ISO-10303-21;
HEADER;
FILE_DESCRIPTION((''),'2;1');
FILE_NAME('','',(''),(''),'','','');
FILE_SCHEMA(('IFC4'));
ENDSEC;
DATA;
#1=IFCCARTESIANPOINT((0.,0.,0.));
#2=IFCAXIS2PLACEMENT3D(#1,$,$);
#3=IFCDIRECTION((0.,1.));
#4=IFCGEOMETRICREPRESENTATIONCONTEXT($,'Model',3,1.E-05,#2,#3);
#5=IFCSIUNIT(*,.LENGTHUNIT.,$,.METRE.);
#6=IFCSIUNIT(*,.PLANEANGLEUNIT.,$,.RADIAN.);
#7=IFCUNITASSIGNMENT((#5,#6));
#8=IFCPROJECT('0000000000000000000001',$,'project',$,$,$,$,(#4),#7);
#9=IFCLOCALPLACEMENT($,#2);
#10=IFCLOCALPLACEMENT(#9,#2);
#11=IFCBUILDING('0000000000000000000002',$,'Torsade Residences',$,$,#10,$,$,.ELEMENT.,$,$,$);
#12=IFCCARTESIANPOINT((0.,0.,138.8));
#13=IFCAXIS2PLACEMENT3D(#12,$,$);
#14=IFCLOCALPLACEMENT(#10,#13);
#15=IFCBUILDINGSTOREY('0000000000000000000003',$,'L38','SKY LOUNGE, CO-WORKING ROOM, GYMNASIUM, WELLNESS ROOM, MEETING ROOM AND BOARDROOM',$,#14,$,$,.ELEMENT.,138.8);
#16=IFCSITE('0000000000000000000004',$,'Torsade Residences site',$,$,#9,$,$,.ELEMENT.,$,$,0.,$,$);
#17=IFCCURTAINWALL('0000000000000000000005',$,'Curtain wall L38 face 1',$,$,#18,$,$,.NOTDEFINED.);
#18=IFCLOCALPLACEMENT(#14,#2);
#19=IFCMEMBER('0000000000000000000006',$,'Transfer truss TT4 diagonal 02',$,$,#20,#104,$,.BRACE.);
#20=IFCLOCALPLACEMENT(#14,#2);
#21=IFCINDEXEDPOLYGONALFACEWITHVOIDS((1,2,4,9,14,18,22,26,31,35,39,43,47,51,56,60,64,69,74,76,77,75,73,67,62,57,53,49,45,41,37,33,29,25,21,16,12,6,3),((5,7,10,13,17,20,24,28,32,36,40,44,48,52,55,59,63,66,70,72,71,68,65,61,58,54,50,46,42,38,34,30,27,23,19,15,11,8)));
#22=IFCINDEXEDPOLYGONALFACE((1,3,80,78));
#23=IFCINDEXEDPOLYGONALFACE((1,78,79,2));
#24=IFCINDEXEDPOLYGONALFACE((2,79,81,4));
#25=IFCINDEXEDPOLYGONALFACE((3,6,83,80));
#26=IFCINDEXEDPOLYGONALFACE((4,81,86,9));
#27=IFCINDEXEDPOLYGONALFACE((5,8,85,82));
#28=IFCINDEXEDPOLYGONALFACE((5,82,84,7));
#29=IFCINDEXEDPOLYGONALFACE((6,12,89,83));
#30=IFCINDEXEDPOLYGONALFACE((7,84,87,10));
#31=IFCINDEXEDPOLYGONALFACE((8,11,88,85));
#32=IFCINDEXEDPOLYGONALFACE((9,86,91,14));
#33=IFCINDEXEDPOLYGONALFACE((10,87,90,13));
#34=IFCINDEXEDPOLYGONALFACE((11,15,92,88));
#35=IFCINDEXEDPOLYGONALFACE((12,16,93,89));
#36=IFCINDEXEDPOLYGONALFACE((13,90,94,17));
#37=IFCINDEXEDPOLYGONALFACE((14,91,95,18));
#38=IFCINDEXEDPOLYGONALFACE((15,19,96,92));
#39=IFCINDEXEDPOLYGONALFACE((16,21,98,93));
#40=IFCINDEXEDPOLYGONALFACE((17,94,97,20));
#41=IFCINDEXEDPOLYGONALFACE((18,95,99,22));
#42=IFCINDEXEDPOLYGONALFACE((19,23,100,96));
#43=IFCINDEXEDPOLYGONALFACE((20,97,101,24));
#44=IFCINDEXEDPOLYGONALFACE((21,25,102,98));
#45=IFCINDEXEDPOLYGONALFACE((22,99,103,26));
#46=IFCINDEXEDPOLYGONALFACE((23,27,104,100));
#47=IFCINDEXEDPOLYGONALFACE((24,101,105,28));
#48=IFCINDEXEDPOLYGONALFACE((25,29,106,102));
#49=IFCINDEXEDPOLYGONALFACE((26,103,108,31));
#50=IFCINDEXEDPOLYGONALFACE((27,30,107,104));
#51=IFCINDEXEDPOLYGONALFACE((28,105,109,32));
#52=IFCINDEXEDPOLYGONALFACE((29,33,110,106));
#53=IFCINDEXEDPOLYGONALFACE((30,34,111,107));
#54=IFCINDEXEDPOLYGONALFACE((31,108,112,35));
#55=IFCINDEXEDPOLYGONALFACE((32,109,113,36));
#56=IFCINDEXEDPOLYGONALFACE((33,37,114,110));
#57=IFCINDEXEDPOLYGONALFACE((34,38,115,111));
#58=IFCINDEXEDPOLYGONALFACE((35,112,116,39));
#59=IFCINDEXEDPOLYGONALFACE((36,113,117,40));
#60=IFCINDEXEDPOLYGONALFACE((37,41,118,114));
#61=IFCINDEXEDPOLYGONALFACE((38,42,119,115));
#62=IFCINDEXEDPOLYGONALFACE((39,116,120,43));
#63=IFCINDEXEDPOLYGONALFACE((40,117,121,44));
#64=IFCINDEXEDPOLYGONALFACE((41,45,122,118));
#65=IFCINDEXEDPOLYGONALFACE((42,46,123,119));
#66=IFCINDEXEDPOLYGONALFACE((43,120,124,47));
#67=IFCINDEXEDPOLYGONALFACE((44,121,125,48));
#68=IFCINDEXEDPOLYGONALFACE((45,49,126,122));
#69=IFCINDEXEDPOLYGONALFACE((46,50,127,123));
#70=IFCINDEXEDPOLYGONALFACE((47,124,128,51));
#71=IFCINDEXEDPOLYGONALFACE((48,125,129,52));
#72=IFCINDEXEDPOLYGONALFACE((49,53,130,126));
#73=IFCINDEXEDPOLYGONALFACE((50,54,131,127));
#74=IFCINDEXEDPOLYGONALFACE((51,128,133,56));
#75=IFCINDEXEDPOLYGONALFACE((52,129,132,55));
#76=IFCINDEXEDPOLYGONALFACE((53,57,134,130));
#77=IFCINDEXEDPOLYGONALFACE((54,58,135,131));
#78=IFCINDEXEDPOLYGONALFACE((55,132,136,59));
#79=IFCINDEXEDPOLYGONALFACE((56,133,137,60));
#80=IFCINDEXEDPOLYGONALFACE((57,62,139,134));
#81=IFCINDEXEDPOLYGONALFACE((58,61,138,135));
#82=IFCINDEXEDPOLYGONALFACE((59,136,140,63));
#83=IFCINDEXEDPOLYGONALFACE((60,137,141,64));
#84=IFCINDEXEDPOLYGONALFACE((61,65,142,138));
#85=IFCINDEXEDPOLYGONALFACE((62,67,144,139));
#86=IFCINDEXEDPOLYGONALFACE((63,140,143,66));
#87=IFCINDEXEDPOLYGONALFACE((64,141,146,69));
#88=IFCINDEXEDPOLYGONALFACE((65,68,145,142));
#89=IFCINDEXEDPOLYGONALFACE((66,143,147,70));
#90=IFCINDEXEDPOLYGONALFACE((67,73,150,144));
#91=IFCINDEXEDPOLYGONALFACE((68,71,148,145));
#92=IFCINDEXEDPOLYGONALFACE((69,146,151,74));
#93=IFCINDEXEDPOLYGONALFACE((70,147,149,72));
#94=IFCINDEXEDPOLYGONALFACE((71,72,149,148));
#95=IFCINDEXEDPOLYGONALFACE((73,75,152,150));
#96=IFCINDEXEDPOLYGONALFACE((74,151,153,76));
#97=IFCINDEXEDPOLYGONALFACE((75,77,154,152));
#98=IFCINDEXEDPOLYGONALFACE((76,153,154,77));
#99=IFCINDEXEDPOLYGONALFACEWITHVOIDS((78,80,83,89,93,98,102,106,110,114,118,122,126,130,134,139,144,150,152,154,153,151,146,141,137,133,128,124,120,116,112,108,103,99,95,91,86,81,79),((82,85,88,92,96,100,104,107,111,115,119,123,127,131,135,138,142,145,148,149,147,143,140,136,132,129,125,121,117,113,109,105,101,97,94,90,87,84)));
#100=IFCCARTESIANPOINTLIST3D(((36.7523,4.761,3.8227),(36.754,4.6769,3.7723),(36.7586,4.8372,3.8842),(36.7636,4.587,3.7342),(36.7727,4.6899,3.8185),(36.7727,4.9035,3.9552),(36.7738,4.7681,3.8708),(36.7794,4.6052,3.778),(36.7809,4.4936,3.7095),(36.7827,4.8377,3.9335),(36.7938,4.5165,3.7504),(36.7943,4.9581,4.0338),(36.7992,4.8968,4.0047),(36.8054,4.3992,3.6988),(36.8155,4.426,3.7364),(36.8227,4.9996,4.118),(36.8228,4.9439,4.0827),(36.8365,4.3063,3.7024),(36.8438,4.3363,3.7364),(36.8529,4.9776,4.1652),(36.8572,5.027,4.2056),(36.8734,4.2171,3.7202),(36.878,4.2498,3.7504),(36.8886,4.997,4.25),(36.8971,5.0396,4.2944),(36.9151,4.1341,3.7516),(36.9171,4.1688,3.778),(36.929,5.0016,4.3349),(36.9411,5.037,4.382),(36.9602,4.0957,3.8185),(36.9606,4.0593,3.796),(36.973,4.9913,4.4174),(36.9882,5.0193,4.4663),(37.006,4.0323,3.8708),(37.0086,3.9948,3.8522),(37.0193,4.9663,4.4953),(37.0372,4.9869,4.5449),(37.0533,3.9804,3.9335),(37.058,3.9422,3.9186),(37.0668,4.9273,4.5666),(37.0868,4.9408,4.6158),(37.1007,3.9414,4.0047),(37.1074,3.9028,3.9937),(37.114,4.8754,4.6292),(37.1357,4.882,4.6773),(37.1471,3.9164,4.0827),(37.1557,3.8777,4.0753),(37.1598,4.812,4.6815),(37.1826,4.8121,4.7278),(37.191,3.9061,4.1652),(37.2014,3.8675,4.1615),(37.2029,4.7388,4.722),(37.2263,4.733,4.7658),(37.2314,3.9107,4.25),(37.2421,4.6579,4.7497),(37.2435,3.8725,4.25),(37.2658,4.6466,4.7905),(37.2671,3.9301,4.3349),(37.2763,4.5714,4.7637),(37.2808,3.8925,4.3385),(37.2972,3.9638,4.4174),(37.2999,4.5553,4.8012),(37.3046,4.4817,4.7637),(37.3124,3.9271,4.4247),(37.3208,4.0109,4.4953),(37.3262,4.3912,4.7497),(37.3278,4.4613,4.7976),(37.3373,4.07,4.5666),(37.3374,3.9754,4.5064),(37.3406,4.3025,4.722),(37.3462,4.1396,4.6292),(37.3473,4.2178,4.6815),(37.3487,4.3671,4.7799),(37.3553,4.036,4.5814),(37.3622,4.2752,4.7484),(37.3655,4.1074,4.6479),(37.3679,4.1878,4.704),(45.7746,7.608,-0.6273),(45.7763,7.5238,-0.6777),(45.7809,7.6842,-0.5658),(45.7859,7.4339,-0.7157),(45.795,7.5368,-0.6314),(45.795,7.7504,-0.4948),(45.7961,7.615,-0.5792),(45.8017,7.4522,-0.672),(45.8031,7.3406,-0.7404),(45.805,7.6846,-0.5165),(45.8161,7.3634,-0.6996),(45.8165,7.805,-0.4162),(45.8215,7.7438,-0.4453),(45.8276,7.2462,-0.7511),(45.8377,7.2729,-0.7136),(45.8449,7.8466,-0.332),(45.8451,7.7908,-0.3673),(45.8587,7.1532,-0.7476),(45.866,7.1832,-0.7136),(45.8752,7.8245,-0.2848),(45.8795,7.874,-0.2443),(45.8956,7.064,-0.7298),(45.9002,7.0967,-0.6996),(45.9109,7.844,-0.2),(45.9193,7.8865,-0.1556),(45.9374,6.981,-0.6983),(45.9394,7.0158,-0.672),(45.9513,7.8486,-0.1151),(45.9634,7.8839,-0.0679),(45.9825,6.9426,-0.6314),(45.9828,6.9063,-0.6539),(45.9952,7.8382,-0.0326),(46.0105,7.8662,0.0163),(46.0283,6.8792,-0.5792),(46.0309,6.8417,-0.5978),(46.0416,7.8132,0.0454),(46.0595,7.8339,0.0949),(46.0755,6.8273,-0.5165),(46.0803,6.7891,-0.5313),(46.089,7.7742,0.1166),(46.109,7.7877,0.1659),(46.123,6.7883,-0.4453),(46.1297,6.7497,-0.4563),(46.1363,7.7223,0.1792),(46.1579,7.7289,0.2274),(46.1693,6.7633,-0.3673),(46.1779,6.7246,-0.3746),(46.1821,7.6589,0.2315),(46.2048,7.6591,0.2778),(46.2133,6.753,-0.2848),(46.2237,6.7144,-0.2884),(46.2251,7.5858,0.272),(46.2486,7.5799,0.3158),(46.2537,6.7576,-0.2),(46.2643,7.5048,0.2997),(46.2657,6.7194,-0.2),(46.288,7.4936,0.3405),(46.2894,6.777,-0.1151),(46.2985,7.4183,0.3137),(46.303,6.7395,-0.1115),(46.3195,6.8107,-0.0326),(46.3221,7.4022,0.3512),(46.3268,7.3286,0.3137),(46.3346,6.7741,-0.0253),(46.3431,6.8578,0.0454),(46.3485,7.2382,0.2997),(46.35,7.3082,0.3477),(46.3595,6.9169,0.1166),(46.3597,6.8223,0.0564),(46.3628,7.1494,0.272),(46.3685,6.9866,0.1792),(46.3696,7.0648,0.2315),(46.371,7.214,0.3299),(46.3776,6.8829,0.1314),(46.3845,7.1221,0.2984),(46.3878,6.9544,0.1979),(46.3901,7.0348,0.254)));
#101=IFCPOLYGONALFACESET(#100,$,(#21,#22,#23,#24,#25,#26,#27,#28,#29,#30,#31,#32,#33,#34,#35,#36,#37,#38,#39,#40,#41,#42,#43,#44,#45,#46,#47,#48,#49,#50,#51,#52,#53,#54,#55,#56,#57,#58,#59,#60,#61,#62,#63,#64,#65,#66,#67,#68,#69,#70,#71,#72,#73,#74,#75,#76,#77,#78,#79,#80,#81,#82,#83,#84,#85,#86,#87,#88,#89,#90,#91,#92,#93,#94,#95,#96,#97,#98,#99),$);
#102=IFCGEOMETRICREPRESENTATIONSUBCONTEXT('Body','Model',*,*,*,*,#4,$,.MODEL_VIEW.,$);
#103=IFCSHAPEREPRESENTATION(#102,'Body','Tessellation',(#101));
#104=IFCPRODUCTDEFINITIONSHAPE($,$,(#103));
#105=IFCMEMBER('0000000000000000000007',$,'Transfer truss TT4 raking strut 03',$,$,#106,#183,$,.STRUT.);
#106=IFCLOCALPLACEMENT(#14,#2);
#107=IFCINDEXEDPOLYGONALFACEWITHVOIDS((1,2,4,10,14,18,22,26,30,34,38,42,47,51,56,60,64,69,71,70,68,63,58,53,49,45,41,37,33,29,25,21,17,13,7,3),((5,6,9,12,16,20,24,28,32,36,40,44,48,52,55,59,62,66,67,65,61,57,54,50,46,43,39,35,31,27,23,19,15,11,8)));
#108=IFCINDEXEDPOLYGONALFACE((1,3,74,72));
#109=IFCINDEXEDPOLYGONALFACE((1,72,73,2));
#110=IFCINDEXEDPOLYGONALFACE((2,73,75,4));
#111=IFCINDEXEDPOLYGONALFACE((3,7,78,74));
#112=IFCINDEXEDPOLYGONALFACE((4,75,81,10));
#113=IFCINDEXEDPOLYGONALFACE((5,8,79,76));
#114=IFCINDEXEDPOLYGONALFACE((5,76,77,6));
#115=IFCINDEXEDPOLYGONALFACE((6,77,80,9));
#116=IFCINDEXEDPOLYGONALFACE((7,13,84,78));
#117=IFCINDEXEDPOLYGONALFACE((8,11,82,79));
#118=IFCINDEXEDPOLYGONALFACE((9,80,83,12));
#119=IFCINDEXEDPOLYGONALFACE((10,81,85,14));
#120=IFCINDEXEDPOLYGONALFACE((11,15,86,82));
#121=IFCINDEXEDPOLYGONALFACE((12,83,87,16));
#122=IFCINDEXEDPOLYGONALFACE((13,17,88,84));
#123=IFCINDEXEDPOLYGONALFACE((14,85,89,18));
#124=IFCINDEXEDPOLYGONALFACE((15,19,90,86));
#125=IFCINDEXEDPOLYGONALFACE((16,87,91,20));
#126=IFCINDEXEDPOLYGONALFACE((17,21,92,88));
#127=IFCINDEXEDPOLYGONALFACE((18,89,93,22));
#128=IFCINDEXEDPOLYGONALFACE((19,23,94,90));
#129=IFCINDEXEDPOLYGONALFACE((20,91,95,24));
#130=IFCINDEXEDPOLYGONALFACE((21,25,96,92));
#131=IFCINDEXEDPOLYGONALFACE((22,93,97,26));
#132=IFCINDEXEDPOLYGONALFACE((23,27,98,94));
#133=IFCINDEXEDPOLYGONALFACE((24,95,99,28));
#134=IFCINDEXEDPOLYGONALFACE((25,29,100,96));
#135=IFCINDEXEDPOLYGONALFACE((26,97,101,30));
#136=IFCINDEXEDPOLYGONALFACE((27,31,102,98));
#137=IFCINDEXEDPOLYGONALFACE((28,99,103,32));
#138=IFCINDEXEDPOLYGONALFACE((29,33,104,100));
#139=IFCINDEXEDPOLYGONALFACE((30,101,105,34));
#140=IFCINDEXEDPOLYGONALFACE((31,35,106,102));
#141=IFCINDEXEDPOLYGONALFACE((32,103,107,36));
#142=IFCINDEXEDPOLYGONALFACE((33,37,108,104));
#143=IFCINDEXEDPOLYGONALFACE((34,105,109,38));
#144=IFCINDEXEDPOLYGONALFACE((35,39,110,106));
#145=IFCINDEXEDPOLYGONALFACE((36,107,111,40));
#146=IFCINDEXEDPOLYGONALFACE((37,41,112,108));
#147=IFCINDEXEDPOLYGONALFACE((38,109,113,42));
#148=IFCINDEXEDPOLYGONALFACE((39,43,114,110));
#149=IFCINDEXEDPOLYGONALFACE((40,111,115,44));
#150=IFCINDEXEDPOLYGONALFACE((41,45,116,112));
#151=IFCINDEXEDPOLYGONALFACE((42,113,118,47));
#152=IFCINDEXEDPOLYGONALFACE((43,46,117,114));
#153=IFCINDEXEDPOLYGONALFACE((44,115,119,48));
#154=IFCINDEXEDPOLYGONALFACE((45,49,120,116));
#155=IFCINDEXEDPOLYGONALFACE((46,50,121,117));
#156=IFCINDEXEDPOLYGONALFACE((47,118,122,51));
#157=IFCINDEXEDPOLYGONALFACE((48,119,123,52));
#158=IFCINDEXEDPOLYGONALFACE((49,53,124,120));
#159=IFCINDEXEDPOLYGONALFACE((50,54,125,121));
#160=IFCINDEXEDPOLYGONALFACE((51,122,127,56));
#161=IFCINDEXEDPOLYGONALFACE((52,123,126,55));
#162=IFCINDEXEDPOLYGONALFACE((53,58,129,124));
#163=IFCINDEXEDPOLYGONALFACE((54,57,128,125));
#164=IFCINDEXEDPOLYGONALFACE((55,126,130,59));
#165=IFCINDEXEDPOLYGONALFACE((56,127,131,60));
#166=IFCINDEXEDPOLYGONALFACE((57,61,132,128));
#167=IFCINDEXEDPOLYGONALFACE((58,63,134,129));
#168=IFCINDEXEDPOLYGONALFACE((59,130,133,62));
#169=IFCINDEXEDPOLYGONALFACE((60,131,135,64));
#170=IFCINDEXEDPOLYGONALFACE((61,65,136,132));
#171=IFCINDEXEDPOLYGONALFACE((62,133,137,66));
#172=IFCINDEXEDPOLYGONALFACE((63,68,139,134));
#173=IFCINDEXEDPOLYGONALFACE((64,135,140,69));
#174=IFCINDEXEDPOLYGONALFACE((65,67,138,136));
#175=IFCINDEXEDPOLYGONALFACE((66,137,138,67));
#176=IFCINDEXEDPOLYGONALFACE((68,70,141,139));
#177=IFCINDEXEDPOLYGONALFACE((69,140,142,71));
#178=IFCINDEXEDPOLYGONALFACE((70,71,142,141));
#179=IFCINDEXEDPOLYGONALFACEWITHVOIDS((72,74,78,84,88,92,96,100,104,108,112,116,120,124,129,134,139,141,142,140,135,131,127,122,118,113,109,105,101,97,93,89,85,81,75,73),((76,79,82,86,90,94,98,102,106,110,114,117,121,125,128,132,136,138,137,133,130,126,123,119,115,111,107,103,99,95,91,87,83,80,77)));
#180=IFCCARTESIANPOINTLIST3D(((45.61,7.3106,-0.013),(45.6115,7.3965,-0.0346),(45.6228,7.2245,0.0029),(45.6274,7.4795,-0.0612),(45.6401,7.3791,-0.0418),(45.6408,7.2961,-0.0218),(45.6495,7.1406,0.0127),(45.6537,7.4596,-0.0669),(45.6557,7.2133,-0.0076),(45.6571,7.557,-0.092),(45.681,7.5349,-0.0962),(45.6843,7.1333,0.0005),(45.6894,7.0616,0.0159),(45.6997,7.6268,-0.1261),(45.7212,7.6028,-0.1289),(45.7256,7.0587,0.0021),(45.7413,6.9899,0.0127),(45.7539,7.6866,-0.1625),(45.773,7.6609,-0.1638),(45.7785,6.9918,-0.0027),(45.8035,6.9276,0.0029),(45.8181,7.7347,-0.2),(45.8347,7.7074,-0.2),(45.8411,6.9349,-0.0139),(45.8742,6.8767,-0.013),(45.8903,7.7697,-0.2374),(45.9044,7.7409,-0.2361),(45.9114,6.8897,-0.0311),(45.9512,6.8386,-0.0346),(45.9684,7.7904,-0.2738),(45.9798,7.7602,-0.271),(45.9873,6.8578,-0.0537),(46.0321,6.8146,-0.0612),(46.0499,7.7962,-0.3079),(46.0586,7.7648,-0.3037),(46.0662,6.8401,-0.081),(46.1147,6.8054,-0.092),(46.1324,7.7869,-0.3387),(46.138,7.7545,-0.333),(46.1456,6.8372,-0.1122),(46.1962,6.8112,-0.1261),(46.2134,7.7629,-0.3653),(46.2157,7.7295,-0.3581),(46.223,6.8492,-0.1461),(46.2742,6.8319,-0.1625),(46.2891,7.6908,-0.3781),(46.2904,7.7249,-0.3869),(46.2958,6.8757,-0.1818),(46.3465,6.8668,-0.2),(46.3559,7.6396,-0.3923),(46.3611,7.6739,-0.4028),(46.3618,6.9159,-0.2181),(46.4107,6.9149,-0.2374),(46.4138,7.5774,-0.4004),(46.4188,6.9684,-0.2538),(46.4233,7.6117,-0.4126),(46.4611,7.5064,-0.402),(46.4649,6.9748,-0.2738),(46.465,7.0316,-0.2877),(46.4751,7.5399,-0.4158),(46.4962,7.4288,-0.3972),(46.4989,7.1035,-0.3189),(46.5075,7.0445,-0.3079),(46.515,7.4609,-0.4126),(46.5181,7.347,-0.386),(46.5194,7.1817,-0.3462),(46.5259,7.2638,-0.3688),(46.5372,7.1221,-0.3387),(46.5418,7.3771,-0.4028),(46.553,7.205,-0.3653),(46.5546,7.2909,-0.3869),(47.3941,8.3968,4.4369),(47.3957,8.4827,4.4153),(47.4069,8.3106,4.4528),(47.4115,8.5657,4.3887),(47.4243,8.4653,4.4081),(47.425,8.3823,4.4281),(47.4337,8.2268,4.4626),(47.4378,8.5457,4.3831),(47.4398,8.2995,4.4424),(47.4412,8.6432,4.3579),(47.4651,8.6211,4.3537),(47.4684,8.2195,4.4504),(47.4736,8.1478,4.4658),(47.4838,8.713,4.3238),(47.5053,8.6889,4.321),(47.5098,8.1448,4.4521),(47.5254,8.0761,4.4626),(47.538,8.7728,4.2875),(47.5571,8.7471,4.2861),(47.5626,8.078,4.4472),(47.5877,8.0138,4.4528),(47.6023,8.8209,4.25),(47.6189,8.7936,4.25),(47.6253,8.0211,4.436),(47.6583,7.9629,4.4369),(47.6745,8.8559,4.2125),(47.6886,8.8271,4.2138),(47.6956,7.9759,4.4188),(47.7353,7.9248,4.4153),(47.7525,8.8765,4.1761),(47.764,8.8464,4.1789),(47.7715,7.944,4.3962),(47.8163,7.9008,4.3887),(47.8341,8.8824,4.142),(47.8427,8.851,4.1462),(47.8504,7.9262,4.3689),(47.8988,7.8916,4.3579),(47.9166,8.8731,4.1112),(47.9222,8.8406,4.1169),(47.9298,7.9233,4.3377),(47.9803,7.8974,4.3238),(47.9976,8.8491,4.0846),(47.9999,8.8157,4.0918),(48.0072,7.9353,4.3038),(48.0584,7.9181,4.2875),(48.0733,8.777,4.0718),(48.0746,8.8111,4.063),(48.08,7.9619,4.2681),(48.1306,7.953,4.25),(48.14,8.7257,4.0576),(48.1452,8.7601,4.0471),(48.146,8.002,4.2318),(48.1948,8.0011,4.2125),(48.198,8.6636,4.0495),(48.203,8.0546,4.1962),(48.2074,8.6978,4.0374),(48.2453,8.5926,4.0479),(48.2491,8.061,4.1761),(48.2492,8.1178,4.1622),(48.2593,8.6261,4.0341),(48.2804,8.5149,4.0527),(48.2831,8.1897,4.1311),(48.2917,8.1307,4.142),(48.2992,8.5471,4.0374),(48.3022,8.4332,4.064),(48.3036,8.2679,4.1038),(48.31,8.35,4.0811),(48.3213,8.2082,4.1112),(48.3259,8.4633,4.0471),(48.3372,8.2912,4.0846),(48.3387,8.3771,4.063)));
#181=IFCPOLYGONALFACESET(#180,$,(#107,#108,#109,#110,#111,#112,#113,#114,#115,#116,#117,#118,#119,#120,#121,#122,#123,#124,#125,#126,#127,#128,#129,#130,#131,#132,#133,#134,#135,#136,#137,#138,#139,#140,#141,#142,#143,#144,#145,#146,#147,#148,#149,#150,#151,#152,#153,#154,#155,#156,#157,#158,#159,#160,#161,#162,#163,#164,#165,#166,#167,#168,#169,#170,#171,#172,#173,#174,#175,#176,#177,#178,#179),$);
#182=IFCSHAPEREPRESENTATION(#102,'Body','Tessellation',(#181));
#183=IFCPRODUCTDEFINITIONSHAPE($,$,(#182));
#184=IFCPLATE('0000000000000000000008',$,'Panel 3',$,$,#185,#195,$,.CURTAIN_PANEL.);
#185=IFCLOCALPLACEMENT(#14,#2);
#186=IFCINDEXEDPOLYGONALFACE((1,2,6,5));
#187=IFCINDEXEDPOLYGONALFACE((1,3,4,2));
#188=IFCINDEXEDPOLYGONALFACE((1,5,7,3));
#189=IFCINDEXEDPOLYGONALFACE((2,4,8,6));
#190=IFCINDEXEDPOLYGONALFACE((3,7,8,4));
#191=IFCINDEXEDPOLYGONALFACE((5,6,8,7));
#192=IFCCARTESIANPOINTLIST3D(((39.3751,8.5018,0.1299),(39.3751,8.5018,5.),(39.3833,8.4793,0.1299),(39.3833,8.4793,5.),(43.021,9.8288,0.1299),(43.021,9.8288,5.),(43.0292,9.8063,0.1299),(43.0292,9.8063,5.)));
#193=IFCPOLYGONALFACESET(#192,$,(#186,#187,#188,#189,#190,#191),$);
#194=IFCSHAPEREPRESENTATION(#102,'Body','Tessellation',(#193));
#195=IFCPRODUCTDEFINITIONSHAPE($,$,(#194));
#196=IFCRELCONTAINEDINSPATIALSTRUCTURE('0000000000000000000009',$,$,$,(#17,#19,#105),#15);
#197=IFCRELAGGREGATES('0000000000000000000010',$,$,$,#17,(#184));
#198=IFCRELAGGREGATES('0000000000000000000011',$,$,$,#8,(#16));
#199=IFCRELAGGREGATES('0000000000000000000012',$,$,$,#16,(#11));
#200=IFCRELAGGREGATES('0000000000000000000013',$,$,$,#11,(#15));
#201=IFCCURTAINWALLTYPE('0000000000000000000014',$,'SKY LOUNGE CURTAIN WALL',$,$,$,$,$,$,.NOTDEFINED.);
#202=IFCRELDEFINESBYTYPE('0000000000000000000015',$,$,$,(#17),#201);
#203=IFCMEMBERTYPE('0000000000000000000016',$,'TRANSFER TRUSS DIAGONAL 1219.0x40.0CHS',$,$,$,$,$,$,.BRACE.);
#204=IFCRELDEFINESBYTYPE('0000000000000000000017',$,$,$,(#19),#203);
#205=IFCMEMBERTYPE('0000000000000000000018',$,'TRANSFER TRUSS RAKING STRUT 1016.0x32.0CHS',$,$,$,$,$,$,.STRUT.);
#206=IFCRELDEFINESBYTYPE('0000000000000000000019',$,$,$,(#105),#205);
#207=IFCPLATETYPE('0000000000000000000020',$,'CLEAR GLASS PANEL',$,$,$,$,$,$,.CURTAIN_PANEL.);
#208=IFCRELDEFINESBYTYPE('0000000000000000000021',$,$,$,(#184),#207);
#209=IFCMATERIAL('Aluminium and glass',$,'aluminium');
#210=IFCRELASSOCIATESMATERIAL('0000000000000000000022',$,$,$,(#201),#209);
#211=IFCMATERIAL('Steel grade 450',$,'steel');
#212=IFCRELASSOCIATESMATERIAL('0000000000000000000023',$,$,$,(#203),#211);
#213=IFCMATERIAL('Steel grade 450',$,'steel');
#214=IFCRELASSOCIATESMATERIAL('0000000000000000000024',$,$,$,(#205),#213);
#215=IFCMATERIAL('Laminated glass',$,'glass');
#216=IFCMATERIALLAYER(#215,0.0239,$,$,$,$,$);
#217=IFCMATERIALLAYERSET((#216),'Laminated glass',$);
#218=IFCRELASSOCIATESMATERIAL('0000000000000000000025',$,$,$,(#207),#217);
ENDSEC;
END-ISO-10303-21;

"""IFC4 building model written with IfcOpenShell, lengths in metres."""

from ifc_helpers import new_model, si_unit, direction, frame, origin, origin_2d, place, context, subcontext, project, spatial, rectangle, hollow_circle, extrude, material, layer, layer_set, material_profile, profile_set, type_object, element, aggregate, save


model = new_model("IFC4")

# Units and contexts
model_context = context("Model", 3, precision=1e-05, world=origin(), true_north=direction((0.0, 1.0)))
body_context = subcontext(model_context, "Body", "Model", "MODEL_VIEW")
ifc_project = project(units=[si_unit("LENGTHUNIT", "METRE"), si_unit("PLANEANGLEUNIT", "RADIAN")], contexts=[model_context])

# Site, building, storey
site_placement = place(None, origin())
site = spatial("IfcSite", under=ifc_project, at=site_placement, Name="Torsade Residences site", CompositionType="ELEMENT", RefElevation=0.0)
building_placement = place(site_placement, origin())
building = spatial("IfcBuilding", under=site, at=building_placement, Name="Torsade Residences", CompositionType="ELEMENT")
storey_placement = place(building_placement, frame((0.0, 0.0, 138.8)))
storey = spatial("IfcBuildingStorey", under=building, at=storey_placement, Name="L38", Description="SKY LOUNGE, CO-WORKING ROOM, GYMNASIUM, WELLNESS ROOM, MEETING ROOM AND BOARDROOM", CompositionType="ELEMENT", Elevation=138.8)

# Curtain wall
ifc_material_1 = material(Name="Aluminium and glass", Category="aluminium")
curtain_wall_type = type_object("IfcCurtainWallType", Name="SKY LOUNGE CURTAIN WALL", PredefinedType="NOTDEFINED", material=ifc_material_1)
curtain_wall_placement = place(storey_placement, origin())
curtain_wall = element("IfcCurtainWall", 1, at=curtain_wall_placement, inside=storey, type_object=curtain_wall_type, Name="Curtain wall L38 face 1", PredefinedType="NOTDEFINED")

# Members
ifc_material_2 = material(Name="Steel grade 450", Category="steel")
ifc_material_profile_1 = material_profile(ifc_material_2, hollow_circle(Radius=0.6096, WallThickness=0.04, at=origin_2d()), Name="1219.0x40.0CHS")
ifc_profile_set_1 = profile_set([ifc_material_profile_1], Name="Steel grade 450")
member_type_1 = type_object("IfcMemberType", Name="TRANSFER TRUSS DIAGONAL 1219.0x40.0CHS", PredefinedType="BRACE", material=ifc_profile_set_1)
member_1_placement = place(storey_placement, frame((46.0823, 7.3008, -0.2), z_axis=(-0.862956, -0.272302, 0.425628), x_axis=(0.30092, -0.953649, 0.0)))
element("IfcMember", 2, at=member_1_placement, inside=storey, type_object=member_type_1, Name="Transfer truss TT4 diagonal 02", PredefinedType="BRACE", context=body_context, shape_type="SweptSolid", body=[
    extrude(hollow_circle(Radius=0.6096, WallThickness=0.04, at=origin_2d()), origin(), (0.0, 0.0, 1.0), 10.4551),
])
ifc_material_3 = material(Name="Steel grade 450", Category="steel")
ifc_material_profile_2 = material_profile(ifc_material_3, hollow_circle(Radius=0.5081, WallThickness=0.032, at=origin_2d()), Name="1016.0x32.0CHS")
ifc_profile_set_2 = profile_set([ifc_material_profile_2], Name="Steel grade 450")
member_type_2 = type_object("IfcMemberType", Name="TRANSFER TRUSS RAKING STRUT 1016.0x32.0CHS", PredefinedType="STRUT", material=ifc_profile_set_2)
member_2_placement = place(storey_placement, frame((46.0823, 7.3008, -0.2), z_axis=(0.362948, 0.220957, 0.905233), x_axis=(-0.520003, 0.854165, 0.0)))
element("IfcMember", 3, at=member_2_placement, inside=storey, type_object=member_type_2, Name="Transfer truss TT4 raking strut 03", PredefinedType="STRUT", context=body_context, shape_type="SweptSolid", body=[
    extrude(hollow_circle(Radius=0.5081, WallThickness=0.032, at=origin_2d()), origin(), (0.0, 0.0, 1.0), 4.9158),
])

# Plate
ifc_material_4 = material(Name="Laminated glass", Category="glass")
ifc_layer_1 = layer(ifc_material_4, 0.0239)
ifc_layer_set_1 = layer_set([ifc_layer_1], Name="Laminated glass")
plate_type = type_object("IfcPlateType", Name="CLEAR GLASS PANEL", PredefinedType="CURTAIN_PANEL", material=ifc_layer_set_1)
plate_1_placement = place(storey_placement, frame((41.2021, 9.1541, 0.1299), z_axis=(0.0, 0.0, 1.0), x_axis=(0.939693, 0.34202, 0.0)))
plate_1 = element("IfcPlate", 4, at=plate_1_placement, type_object=plate_type, Name="Panel 3", PredefinedType="CURTAIN_PANEL", context=body_context, shape_type="SweptSolid", body=[
    extrude(rectangle(XDim=3.8799, YDim=0.0239, at=origin_2d()), origin(), (0.0, 0.0, 1.0), 4.8701),
])
aggregate(curtain_wall, [plate_1])

save(model, "model.ifc")
